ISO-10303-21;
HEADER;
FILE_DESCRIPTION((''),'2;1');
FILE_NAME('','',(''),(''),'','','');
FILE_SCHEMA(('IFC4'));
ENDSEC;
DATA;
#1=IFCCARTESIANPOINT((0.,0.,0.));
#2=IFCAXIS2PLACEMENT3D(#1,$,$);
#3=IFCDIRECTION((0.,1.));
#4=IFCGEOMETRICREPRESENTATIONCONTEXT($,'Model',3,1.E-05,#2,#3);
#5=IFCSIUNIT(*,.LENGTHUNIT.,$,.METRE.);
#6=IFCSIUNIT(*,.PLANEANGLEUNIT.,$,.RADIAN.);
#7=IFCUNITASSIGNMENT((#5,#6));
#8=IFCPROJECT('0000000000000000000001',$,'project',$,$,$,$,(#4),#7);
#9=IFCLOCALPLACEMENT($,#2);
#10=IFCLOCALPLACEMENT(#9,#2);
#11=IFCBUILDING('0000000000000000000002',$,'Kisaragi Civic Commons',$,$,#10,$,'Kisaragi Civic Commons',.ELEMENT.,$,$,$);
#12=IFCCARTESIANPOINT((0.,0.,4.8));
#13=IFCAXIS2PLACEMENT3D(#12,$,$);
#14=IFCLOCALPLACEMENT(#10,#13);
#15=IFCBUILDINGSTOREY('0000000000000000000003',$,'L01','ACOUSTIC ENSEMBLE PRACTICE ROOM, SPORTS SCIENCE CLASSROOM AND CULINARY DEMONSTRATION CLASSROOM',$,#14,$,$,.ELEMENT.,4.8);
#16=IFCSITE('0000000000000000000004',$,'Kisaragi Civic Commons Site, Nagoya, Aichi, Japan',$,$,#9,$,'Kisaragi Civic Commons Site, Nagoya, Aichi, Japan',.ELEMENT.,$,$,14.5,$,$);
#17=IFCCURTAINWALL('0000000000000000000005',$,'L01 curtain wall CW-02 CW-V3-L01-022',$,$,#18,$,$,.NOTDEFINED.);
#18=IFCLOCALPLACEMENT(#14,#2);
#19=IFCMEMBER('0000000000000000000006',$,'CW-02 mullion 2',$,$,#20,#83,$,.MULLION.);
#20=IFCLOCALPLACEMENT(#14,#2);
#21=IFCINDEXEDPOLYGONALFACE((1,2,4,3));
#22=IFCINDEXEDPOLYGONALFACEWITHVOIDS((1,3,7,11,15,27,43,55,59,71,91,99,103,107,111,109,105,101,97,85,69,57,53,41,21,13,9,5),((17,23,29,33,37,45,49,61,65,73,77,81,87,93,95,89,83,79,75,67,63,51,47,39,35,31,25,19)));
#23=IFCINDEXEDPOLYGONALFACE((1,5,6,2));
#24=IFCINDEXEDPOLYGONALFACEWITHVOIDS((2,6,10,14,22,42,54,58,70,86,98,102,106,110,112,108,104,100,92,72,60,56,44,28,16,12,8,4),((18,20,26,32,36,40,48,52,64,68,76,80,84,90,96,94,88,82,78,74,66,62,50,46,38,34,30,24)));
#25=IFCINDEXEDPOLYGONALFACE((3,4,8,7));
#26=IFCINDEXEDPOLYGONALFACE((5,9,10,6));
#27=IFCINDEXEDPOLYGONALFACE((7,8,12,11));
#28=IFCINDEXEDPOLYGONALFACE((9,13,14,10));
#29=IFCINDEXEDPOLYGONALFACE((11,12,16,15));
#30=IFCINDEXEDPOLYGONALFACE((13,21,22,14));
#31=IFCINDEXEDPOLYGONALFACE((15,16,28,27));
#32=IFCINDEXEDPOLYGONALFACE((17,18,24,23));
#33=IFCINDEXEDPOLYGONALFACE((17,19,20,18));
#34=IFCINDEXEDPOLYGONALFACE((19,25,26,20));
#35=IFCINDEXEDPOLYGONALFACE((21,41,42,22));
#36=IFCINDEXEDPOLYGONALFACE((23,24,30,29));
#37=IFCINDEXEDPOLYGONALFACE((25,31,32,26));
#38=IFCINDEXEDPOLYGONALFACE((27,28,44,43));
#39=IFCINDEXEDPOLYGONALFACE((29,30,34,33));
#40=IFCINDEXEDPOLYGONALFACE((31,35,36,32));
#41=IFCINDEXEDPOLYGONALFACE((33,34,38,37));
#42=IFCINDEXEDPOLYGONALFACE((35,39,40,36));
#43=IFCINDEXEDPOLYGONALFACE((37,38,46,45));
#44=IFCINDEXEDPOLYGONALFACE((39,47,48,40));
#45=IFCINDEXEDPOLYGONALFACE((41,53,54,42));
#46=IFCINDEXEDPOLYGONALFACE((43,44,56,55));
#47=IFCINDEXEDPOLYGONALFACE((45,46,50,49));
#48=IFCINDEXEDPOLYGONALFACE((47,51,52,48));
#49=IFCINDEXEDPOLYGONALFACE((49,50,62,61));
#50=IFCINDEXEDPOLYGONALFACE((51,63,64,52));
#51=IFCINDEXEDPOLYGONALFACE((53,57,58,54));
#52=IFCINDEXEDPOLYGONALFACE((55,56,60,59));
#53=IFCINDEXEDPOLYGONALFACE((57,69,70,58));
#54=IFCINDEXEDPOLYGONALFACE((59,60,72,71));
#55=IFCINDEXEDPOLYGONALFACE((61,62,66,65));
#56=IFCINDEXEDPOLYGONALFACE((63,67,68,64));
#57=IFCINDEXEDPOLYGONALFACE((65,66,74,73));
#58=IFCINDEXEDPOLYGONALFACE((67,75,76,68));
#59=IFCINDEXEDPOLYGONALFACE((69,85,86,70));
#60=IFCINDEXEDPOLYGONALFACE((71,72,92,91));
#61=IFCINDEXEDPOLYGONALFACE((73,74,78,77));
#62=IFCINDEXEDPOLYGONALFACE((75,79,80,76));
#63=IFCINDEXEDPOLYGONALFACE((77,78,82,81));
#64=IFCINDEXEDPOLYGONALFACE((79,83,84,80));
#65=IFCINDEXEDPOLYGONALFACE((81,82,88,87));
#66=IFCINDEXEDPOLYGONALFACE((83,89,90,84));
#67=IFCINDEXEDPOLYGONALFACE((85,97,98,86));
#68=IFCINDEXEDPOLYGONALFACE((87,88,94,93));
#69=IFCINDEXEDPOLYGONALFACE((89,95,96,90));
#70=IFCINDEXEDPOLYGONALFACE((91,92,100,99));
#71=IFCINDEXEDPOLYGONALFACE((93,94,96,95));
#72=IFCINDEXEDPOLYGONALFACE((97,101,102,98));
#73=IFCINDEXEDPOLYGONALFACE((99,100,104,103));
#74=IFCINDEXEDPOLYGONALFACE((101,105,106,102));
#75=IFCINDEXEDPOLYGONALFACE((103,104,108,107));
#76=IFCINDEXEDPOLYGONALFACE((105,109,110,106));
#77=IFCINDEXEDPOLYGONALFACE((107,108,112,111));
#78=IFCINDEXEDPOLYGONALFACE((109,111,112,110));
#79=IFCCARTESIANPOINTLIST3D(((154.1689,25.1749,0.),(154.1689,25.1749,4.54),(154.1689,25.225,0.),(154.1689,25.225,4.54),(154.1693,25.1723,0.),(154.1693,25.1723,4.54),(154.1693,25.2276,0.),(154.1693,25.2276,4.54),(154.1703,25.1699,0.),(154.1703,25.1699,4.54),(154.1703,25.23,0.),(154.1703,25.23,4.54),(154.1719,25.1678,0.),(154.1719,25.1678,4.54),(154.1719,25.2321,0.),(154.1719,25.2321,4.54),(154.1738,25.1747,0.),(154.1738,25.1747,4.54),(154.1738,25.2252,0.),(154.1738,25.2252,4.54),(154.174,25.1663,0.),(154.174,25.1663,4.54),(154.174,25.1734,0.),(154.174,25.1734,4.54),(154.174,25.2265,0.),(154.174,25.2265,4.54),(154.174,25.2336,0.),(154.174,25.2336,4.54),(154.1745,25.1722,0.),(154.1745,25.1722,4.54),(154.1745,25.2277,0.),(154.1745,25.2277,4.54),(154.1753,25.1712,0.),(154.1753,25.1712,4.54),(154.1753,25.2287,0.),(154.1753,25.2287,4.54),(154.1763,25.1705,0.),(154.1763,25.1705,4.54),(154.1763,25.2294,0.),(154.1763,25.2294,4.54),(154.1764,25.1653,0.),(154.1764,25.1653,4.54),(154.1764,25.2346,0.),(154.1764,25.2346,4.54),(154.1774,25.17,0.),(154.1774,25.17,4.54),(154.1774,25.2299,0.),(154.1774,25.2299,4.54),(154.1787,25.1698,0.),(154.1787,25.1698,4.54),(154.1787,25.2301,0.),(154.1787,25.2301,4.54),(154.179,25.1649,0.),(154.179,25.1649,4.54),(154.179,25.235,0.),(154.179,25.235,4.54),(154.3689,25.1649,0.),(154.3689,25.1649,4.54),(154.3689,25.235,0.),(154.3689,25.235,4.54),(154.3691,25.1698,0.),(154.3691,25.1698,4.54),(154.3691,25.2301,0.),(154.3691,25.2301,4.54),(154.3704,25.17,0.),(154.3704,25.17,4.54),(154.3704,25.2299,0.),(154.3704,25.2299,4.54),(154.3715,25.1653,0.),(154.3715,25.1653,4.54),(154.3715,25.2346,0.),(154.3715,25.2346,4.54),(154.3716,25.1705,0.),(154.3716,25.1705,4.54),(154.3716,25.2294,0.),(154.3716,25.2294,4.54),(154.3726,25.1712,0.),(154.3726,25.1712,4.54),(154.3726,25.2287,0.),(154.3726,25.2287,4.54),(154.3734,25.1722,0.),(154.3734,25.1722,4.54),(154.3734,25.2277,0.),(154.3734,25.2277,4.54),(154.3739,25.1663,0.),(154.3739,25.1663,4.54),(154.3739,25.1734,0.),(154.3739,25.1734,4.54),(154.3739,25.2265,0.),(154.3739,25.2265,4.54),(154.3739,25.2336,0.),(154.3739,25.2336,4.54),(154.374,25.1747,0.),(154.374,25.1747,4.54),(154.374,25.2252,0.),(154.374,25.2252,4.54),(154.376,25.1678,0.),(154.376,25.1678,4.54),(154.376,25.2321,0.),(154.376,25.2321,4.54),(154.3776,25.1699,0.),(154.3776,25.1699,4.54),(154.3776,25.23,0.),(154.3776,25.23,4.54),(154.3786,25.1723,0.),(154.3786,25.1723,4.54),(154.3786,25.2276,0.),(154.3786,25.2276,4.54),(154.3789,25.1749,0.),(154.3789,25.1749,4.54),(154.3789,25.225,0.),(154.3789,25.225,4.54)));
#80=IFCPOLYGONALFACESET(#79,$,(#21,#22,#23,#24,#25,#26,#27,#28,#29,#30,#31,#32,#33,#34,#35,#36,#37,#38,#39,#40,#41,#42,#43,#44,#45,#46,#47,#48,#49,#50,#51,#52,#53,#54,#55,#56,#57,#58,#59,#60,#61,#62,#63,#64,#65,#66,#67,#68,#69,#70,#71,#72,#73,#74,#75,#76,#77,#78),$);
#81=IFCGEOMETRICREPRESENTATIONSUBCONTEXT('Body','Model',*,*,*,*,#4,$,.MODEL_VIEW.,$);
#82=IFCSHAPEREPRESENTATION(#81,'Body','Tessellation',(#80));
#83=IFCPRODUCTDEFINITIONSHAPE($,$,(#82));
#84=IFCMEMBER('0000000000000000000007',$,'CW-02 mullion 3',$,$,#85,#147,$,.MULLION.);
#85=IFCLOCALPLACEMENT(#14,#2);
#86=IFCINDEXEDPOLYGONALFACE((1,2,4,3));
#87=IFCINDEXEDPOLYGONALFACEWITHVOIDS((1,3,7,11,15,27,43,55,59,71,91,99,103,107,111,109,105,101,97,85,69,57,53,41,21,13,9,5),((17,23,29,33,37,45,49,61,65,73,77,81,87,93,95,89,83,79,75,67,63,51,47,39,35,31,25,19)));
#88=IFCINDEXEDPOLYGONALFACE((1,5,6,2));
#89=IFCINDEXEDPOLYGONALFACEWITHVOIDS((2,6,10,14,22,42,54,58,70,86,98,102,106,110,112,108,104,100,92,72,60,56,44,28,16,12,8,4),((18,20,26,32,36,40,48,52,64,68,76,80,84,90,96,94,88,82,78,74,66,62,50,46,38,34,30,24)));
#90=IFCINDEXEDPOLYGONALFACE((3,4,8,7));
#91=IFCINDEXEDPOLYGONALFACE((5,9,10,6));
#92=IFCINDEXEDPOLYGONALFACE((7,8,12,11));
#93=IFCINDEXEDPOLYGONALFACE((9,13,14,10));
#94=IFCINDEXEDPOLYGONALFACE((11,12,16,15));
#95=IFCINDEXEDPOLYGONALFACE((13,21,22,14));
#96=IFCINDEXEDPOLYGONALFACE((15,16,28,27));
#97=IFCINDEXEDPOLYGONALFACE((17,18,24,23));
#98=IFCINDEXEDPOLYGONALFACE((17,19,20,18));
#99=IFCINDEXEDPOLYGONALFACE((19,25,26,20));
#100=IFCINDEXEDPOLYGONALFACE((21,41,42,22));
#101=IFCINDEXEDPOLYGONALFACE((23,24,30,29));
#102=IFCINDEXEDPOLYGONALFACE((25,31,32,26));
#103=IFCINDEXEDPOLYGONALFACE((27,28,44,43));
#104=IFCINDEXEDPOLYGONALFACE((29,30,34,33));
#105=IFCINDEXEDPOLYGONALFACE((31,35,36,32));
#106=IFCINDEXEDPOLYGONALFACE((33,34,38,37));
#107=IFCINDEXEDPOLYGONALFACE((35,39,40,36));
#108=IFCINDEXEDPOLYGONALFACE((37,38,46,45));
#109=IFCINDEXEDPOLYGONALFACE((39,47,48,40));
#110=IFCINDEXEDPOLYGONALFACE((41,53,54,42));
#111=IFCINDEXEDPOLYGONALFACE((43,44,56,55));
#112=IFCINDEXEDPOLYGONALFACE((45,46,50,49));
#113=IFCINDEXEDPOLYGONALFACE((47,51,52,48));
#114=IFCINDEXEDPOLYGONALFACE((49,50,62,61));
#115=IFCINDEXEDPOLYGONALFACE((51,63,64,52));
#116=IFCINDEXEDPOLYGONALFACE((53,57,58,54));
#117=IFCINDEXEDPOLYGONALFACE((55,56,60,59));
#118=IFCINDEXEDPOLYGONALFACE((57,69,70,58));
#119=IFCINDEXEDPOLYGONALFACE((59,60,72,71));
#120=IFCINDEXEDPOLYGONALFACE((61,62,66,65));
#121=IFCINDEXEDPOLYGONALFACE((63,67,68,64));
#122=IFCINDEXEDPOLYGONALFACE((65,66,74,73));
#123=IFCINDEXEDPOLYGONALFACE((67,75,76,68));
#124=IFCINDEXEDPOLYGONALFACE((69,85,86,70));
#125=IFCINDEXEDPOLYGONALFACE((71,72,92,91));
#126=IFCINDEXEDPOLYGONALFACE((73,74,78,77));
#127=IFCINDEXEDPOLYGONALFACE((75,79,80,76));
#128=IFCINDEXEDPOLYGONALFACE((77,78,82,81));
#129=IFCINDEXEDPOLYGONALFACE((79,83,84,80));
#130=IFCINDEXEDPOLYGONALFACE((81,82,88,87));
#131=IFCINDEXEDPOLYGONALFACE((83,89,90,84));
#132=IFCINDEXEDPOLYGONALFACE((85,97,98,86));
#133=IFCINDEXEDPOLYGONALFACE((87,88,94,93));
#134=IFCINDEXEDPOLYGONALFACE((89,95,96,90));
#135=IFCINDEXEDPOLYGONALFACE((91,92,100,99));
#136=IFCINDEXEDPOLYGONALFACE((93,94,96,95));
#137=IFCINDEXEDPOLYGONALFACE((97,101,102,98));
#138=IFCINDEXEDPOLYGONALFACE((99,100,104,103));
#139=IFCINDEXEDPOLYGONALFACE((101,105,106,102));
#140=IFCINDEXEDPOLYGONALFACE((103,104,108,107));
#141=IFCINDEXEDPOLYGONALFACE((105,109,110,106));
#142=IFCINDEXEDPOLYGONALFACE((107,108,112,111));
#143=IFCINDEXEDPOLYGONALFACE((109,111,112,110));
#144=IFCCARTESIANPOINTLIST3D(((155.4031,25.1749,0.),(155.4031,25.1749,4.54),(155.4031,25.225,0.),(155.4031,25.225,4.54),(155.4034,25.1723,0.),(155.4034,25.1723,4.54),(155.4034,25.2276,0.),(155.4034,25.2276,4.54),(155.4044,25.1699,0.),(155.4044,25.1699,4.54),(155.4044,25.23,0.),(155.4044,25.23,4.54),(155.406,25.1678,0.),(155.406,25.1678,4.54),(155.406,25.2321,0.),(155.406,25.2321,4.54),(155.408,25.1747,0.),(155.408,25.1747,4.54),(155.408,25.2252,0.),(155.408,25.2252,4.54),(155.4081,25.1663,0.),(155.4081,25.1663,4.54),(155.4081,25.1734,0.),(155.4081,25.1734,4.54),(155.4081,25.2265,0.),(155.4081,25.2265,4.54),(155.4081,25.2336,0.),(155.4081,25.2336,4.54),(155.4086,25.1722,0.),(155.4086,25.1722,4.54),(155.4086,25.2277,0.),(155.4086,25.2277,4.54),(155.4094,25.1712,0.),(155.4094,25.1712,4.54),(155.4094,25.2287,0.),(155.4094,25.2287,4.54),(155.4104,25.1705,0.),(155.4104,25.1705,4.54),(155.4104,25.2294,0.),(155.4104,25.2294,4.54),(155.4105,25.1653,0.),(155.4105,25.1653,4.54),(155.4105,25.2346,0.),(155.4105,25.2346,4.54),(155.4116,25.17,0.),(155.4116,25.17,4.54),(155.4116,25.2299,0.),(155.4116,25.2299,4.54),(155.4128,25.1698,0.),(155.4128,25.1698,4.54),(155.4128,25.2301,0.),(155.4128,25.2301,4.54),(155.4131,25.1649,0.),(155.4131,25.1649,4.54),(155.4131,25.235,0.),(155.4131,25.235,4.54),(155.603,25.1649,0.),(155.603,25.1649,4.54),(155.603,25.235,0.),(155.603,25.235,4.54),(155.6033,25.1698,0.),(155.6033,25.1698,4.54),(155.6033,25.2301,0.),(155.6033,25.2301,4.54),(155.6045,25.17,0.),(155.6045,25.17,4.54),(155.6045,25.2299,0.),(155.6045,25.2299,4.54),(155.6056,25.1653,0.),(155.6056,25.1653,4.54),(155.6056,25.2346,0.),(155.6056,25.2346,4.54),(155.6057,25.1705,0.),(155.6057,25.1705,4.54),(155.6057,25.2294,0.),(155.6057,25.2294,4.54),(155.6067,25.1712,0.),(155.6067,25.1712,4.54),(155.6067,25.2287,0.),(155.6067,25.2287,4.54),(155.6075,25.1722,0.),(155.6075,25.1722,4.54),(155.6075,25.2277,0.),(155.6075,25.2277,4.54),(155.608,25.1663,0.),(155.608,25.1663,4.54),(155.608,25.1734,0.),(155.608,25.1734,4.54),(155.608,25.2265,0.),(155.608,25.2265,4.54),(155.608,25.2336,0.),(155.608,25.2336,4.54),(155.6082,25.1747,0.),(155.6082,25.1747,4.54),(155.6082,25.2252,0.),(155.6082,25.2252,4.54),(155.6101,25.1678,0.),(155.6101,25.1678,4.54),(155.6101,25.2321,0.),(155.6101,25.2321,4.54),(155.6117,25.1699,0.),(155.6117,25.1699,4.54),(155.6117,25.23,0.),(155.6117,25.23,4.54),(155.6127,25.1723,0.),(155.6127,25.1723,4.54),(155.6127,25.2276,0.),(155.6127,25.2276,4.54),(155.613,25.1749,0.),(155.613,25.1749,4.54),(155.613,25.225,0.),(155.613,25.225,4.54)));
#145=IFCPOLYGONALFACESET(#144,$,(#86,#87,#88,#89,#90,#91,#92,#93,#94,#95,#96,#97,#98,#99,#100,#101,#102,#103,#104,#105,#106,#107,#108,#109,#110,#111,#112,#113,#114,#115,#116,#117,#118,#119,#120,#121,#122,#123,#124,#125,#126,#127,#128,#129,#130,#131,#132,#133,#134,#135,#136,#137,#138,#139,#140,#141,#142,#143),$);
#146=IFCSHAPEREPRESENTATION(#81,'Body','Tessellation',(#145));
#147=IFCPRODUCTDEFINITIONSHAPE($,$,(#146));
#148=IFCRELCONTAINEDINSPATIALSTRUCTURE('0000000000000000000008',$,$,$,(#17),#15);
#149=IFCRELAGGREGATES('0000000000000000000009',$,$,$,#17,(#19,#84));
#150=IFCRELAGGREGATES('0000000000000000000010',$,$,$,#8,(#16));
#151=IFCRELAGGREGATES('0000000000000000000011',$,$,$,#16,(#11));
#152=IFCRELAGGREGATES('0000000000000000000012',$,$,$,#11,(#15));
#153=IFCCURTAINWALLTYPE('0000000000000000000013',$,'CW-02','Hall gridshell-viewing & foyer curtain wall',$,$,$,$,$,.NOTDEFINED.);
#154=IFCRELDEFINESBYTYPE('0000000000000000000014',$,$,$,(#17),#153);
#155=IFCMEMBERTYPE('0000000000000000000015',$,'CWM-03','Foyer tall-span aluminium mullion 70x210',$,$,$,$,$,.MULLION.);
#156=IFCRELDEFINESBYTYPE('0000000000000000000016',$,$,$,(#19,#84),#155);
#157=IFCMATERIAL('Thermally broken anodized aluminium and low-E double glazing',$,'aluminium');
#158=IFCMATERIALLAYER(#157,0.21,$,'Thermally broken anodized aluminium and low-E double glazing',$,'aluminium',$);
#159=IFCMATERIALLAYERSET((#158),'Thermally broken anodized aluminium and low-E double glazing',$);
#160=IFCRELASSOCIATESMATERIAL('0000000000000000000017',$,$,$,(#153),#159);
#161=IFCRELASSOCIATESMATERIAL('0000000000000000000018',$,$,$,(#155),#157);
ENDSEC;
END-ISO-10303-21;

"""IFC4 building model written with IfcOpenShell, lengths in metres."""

from ifc_helpers import new_model, si_unit, direction, frame, origin, origin_2d, place, context, subcontext, project, spatial, hollow_rectangle, extrude, material, layer, layer_set, material_profile, profile_set, type_object, element, aggregate, save


model = new_model("IFC4")

# Units and contexts
model_context = context("Model", 3, precision=1e-05, world=origin(), true_north=direction((0.0, 1.0)))
body_context = subcontext(model_context, "Body", "Model", "MODEL_VIEW")
ifc_project = project(units=[si_unit("LENGTHUNIT", "METRE"), si_unit("PLANEANGLEUNIT", "RADIAN")], contexts=[model_context])

# Site, building, storey
site_placement = place(None, origin())
site = spatial("IfcSite", under=ifc_project, at=site_placement, Name="Kisaragi Civic Commons Site, Nagoya, Aichi, Japan", LongName="Kisaragi Civic Commons Site, Nagoya, Aichi, Japan", CompositionType="ELEMENT", RefElevation=14.5)
building_placement = place(site_placement, origin())
building = spatial("IfcBuilding", under=site, at=building_placement, Name="Kisaragi Civic Commons", LongName="Kisaragi Civic Commons", CompositionType="ELEMENT")
storey_placement = place(building_placement, frame((0.0, 0.0, 4.8)))
storey = spatial("IfcBuildingStorey", under=building, at=storey_placement, Name="L01", Description="ACOUSTIC ENSEMBLE PRACTICE ROOM, SPORTS SCIENCE CLASSROOM AND CULINARY DEMONSTRATION CLASSROOM", CompositionType="ELEMENT", Elevation=4.8)

# Curtain wall, members
ifc_material = material(Name="Thermally broken anodized aluminium and low-E double glazing", Category="aluminium")
ifc_layer_1 = layer(ifc_material, 0.21, Name="Thermally broken anodized aluminium and low-E double glazing", Category="aluminium")
ifc_layer_set_1 = layer_set([ifc_layer_1], Name="Thermally broken anodized aluminium and low-E double glazing")
curtain_wall_type = type_object("IfcCurtainWallType", Name="CW-02", Description="Hall gridshell-viewing & foyer curtain wall", PredefinedType="NOTDEFINED", material=ifc_layer_set_1)
curtain_wall_placement = place(storey_placement, origin())
curtain_wall = element("IfcCurtainWall", 1, at=curtain_wall_placement, inside=storey, type_object=curtain_wall_type, Name="L01 curtain wall CW-02 CW-V3-L01-022", PredefinedType="NOTDEFINED")
ifc_material_profile_1 = material_profile(ifc_material, hollow_rectangle(XDim=0.0701, YDim=0.21, WallThickness=0.0049, InnerFilletRadius=0.0049, OuterFilletRadius=0.01, at=origin_2d()), Name="CWM-70x210x5", Category="aluminium")
ifc_profile_set_1 = profile_set([ifc_material_profile_1], Name="Thermally broken anodized aluminium and low-E double glazing")
member_type_1 = type_object("IfcMemberType", Name="CWM-03", Description="Foyer tall-span aluminium mullion 70x210", PredefinedType="MULLION", material=ifc_profile_set_1)
member_1_placement = place(storey_placement, frame((154.2739, 25.2, 0.0), z_axis=(0.0, 0.0, 1.0), x_axis=(0.0, 1.0, 0.0)))
member_1 = element("IfcMember", 2, at=member_1_placement, type_object=member_type_1, Name="CW-02 mullion 2", PredefinedType="MULLION", context=body_context, shape_type="SweptSolid", body=[
    extrude(hollow_rectangle(XDim=0.0701, YDim=0.21, WallThickness=0.0049, InnerFilletRadius=0.0049, OuterFilletRadius=0.01, at=origin_2d()), origin(), (0.0, 0.0, 1.0), 4.54),
])
member_2_placement = place(storey_placement, frame((155.5081, 25.2, 0.0), z_axis=(0.0, 0.0, 1.0), x_axis=(0.0, 1.0, 0.0)))
member_2 = element("IfcMember", 3, at=member_2_placement, type_object=member_type_1, Name="CW-02 mullion 3", PredefinedType="MULLION", context=body_context, shape_type="SweptSolid", body=[
    extrude(hollow_rectangle(XDim=0.0701, YDim=0.21, WallThickness=0.0049, InnerFilletRadius=0.0049, OuterFilletRadius=0.01, at=origin_2d()), origin(), (0.0, 0.0, 1.0), 4.54),
])
aggregate(curtain_wall, [member_1, member_2])

save(model, "model.ifc")
